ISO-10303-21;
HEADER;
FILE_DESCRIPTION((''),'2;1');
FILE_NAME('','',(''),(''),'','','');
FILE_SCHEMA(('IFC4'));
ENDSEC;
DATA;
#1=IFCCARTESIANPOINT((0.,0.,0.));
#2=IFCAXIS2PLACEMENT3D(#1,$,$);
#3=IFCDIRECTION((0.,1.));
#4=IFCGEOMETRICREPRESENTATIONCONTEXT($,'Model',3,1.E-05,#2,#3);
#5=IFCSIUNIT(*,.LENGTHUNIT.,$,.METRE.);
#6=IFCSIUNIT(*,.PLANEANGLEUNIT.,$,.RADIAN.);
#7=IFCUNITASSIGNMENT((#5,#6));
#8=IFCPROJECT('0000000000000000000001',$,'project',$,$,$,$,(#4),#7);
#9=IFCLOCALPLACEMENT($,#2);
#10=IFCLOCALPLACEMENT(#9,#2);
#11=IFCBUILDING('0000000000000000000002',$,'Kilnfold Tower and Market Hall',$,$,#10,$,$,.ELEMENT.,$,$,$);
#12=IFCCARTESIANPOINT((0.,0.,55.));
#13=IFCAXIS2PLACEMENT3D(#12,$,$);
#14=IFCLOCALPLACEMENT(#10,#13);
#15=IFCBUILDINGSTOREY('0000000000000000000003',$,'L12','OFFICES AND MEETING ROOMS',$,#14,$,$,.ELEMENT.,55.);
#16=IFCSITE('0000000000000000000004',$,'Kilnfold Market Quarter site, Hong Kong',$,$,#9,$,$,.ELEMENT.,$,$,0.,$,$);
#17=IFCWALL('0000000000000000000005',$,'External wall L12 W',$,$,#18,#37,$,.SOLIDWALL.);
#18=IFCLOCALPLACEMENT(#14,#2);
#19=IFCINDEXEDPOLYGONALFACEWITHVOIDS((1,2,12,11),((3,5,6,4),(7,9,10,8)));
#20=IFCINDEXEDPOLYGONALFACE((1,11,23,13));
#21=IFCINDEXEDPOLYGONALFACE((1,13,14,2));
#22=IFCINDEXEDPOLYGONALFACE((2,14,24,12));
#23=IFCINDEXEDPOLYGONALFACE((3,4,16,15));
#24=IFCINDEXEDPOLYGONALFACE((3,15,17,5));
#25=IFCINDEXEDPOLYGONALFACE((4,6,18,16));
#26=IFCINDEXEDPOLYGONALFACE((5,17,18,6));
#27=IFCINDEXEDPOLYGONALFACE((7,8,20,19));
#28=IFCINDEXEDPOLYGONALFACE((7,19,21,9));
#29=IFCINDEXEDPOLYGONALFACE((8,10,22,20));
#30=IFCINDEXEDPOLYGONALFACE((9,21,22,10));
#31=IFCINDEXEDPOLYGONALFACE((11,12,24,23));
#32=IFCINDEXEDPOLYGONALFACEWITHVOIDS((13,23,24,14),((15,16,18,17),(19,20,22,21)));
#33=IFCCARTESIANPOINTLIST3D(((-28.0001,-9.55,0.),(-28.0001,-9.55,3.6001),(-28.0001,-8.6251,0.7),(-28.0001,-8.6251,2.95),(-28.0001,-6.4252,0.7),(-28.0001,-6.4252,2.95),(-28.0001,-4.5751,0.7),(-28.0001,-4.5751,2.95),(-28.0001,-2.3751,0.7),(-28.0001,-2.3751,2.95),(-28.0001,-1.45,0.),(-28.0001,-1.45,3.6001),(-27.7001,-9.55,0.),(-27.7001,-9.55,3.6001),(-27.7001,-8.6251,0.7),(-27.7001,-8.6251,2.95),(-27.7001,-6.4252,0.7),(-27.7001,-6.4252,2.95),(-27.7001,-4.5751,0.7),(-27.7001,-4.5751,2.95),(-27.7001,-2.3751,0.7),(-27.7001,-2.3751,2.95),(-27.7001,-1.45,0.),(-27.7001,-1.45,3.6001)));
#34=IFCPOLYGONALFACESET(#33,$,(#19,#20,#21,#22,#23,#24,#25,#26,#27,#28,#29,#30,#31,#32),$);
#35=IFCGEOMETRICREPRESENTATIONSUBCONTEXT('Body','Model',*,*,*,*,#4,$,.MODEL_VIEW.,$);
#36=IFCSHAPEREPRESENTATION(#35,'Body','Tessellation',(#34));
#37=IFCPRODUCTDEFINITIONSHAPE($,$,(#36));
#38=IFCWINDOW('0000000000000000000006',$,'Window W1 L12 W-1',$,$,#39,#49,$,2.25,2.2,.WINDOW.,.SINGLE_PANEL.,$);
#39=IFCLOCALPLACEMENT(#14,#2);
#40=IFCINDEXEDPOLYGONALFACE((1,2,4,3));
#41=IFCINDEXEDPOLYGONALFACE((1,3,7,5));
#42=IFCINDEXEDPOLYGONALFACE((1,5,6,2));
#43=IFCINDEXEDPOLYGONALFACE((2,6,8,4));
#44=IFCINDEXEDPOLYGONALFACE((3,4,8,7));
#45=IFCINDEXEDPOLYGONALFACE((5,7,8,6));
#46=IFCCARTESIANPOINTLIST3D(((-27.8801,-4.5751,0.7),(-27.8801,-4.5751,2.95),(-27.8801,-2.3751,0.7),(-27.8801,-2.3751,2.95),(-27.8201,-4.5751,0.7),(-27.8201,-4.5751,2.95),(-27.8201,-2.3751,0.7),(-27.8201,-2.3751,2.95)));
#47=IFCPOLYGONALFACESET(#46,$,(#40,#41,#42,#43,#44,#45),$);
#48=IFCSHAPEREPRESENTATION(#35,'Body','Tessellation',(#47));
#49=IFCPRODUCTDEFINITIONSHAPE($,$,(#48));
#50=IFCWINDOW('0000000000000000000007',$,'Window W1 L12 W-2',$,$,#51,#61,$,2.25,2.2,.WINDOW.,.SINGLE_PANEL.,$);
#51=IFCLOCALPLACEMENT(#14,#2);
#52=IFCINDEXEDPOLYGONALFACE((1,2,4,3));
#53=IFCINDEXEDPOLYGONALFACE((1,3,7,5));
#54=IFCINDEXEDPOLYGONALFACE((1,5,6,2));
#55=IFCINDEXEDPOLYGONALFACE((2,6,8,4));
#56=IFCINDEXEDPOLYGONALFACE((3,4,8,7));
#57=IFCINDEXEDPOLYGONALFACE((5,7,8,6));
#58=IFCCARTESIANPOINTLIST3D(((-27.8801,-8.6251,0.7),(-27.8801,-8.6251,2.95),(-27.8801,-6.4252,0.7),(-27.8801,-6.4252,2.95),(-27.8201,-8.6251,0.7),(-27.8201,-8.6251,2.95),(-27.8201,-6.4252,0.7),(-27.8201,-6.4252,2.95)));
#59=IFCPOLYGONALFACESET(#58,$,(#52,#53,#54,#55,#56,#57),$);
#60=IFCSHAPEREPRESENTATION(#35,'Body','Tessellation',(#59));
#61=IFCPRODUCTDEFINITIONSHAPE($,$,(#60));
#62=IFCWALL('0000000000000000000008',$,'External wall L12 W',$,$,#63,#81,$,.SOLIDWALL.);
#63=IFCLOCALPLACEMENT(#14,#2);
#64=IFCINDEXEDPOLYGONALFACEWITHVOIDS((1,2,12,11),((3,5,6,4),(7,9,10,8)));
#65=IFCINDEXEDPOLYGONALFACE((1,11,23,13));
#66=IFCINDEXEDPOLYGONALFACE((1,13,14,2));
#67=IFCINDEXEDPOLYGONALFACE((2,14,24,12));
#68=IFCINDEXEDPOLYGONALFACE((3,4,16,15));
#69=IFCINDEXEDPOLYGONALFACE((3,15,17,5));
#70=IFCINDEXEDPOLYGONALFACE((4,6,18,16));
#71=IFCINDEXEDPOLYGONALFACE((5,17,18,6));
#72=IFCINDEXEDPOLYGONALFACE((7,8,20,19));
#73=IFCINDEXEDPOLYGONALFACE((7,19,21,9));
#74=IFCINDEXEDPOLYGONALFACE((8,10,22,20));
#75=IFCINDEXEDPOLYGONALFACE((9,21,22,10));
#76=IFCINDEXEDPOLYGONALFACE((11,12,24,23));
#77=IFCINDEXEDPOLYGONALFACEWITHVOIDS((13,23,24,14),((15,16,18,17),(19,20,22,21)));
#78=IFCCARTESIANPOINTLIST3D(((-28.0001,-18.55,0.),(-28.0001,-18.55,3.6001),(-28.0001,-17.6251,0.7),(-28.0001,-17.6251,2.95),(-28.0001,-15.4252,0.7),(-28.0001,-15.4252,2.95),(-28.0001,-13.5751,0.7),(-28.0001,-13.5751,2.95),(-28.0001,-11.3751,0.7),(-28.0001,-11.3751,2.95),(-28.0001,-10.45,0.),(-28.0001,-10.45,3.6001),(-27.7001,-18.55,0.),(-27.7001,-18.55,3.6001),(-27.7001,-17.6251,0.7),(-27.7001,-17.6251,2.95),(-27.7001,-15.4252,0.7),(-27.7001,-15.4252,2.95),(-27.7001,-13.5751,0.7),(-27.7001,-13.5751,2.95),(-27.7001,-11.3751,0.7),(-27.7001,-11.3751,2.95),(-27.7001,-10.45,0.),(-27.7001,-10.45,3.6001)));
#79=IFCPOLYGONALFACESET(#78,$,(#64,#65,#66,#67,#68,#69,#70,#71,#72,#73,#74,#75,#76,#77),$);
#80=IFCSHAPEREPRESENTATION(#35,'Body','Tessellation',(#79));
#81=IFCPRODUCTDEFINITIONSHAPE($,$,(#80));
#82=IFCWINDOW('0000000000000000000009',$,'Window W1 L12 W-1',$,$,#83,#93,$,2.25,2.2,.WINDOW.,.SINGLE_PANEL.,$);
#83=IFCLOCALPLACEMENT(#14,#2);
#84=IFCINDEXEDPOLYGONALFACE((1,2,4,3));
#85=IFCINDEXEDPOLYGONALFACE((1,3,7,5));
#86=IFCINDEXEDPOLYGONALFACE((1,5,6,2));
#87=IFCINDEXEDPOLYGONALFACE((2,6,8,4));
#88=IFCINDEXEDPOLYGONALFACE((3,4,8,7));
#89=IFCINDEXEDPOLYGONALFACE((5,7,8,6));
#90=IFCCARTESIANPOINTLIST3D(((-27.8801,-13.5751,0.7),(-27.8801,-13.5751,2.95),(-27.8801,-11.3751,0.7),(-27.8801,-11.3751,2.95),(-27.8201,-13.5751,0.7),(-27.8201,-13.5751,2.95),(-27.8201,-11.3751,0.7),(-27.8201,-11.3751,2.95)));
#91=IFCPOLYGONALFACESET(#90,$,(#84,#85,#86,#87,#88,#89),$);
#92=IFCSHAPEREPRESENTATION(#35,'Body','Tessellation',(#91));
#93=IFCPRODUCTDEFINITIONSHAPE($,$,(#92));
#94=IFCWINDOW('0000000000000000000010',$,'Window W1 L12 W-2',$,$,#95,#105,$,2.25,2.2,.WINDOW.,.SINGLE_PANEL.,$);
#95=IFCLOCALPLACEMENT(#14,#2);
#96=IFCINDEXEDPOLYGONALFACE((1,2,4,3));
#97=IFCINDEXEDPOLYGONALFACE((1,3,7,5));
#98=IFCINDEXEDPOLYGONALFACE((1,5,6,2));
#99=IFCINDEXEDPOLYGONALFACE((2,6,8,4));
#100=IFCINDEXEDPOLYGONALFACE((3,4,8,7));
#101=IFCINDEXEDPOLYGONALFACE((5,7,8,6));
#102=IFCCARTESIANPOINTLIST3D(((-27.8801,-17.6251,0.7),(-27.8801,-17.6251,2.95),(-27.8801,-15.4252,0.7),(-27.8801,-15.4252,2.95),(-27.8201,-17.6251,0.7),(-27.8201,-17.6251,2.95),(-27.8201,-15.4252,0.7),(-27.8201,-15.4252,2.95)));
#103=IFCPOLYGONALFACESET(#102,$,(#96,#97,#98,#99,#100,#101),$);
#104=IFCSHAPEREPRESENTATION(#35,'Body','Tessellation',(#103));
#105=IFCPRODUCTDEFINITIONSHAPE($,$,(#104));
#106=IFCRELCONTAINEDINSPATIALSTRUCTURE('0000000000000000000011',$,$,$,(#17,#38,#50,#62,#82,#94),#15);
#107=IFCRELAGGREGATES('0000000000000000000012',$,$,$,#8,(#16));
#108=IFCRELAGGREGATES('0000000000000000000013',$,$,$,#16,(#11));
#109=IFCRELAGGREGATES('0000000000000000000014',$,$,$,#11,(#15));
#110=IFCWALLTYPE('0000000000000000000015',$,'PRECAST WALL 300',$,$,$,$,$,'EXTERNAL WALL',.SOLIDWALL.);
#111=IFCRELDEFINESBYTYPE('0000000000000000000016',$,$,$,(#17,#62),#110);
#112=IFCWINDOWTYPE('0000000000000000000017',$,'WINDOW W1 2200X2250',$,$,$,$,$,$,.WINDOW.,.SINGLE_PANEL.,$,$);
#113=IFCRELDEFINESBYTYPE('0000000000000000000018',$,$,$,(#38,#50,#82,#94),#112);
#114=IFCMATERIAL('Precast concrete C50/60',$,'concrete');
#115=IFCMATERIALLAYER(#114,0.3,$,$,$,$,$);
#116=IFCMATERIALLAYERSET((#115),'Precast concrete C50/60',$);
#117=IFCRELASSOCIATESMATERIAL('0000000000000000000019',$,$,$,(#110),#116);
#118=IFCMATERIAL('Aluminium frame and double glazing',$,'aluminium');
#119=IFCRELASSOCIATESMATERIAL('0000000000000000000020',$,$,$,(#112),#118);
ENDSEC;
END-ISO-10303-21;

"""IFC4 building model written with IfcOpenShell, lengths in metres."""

from ifc_helpers import new_model, si_unit, direction, frame, frame_2d, origin, place, context, subcontext, project, spatial, rectangle, extrude, source, transform, mapped, material, layer, layer_set, type_object, element, fill, save


model = new_model("IFC4")

# Units and contexts
model_context = context("Model", 3, precision=1e-05, world=origin(), true_north=direction((0.0, 1.0)))
body_context = subcontext(model_context, "Body", "Model", "MODEL_VIEW")
ifc_project = project(units=[si_unit("LENGTHUNIT", "METRE"), si_unit("PLANEANGLEUNIT", "RADIAN")], contexts=[model_context])

# Site, building, storey
site_placement = place(None, origin())
site = spatial("IfcSite", under=ifc_project, at=site_placement, Name="Kilnfold Market Quarter site, Hong Kong", CompositionType="ELEMENT", RefElevation=0.0)
building_placement = place(site_placement, origin())
building = spatial("IfcBuilding", under=site, at=building_placement, Name="Kilnfold Tower and Market Hall", CompositionType="ELEMENT")
storey_placement = place(building_placement, frame((0.0, 0.0, 55.0)))
storey = spatial("IfcBuildingStorey", under=building, at=storey_placement, Name="L12", Description="OFFICES AND MEETING ROOMS", CompositionType="ELEMENT", Elevation=55.0)

# Walls, openings, windows
ifc_material_1 = material(Name="Precast concrete C50/60", Category="concrete")
ifc_layer_1 = layer(ifc_material_1, 0.3)
ifc_layer_set_1 = layer_set([ifc_layer_1], Name="Precast concrete C50/60")
wall_type_1 = type_object("IfcWallType", Name="PRECAST WALL 300", ElementType="EXTERNAL WALL", PredefinedType="SOLIDWALL", material=ifc_layer_set_1)
shared_shape_1 = source(origin(), body_context, "Body", "SweptSolid", [
    extrude(rectangle(XDim=8.1001, YDim=0.3, at=frame_2d((4.05, 0.0))), origin(), (0.0, 0.0, 1.0), 3.6001),
])
wall_1_placement = place(storey_placement, frame((-27.8501, -1.45, 0.0), z_axis=(0.0, 0.0, 1.0), x_axis=(0.0, -1.0, 0.0)))
wall_1 = element("IfcWall", 1, at=wall_1_placement, inside=storey, type_object=wall_type_1, Name="External wall L12 W", PredefinedType="SOLIDWALL", context=body_context, shape_type="MappedRepresentation", body=[
    mapped(shared_shape_1, transform((0.0, 0.0, 0.0))),
])
opening_1_placement = place(wall_1_placement, frame((0.925, 0.0, 0.7)))
opening_1 = element("IfcOpeningElement", 2, at=opening_1_placement, cuts=wall_1, PredefinedType="OPENING", context=body_context, shape_type="SweptSolid", body=[
    extrude(rectangle(XDim=2.2, YDim=2.25, at=frame_2d((1.1001, 1.125))), frame((0.0, 0.1602, 0.0), z_axis=(0.0, -1.0, 0.0), x_axis=(1.0, 0.0, 0.0)), (0.0, 0.0, 1.0), 0.3201),
])
opening_2_placement = place(wall_1_placement, frame((4.9751, 0.0, 0.7)))
opening_2 = element("IfcOpeningElement", 3, at=opening_2_placement, cuts=wall_1, PredefinedType="OPENING", context=body_context, shape_type="SweptSolid", body=[
    extrude(rectangle(XDim=2.2, YDim=2.25, at=frame_2d((1.1001, 1.125))), frame((0.0, 0.1602, 0.0), z_axis=(0.0, -1.0, 0.0), x_axis=(1.0, 0.0, 0.0)), (0.0, 0.0, 1.0), 0.3201),
])
ifc_material_2 = material(Name="Aluminium frame and double glazing", Category="aluminium")
window_type = type_object("IfcWindowType", Name="WINDOW W1 2200X2250", PartitioningType="SINGLE_PANEL", PredefinedType="WINDOW", material=ifc_material_2)
window_1_placement = place(opening_1_placement, origin())
window_1 = element("IfcWindow", 4, at=window_1_placement, inside=storey, type_object=window_type, Name="Window W1 L12 W-1", OverallHeight=2.25, OverallWidth=2.2, PartitioningType="SINGLE_PANEL", PredefinedType="WINDOW", context=body_context, shape_type="SweptSolid", body=[
    extrude(rectangle(XDim=2.2, YDim=2.25, at=frame_2d((1.1001, 1.125))), frame((0.0, 0.03, 0.0), z_axis=(0.0, -1.0, 0.0), x_axis=(1.0, 0.0, 0.0)), (0.0, 0.0, 1.0), 0.0601),
])
fill(opening_1, window_1)
window_2_placement = place(opening_2_placement, origin())
window_2 = element("IfcWindow", 5, at=window_2_placement, inside=storey, type_object=window_type, Name="Window W1 L12 W-2", OverallHeight=2.25, OverallWidth=2.2, PartitioningType="SINGLE_PANEL", PredefinedType="WINDOW", context=body_context, shape_type="SweptSolid", body=[
    extrude(rectangle(XDim=2.2, YDim=2.25, at=frame_2d((1.1001, 1.125))), frame((0.0, 0.03, 0.0), z_axis=(0.0, -1.0, 0.0), x_axis=(1.0, 0.0, 0.0)), (0.0, 0.0, 1.0), 0.0601),
])
fill(opening_2, window_2)
wall_2_placement = place(storey_placement, frame((-27.8501, -10.45, 0.0), z_axis=(0.0, 0.0, 1.0), x_axis=(0.0, -1.0, 0.0)))
wall_2 = element("IfcWall", 6, at=wall_2_placement, inside=storey, type_object=wall_type_1, Name="External wall L12 W", PredefinedType="SOLIDWALL", context=body_context, shape_type="MappedRepresentation", body=[
    mapped(shared_shape_1, transform((0.0, 0.0, 0.0))),
])
opening_3_placement = place(wall_2_placement, frame((0.925, 0.0, 0.7)))
opening_3 = element("IfcOpeningElement", 7, at=opening_3_placement, cuts=wall_2, PredefinedType="OPENING", context=body_context, shape_type="SweptSolid", body=[
    extrude(rectangle(XDim=2.2, YDim=2.25, at=frame_2d((1.1001, 1.125))), frame((0.0, 0.1602, 0.0), z_axis=(0.0, -1.0, 0.0), x_axis=(1.0, 0.0, 0.0)), (0.0, 0.0, 1.0), 0.3201),
])
opening_4_placement = place(wall_2_placement, frame((4.9751, 0.0, 0.7)))
opening_4 = element("IfcOpeningElement", 8, at=opening_4_placement, cuts=wall_2, PredefinedType="OPENING", context=body_context, shape_type="SweptSolid", body=[
    extrude(rectangle(XDim=2.2, YDim=2.25, at=frame_2d((1.1001, 1.125))), frame((0.0, 0.1602, 0.0), z_axis=(0.0, -1.0, 0.0), x_axis=(1.0, 0.0, 0.0)), (0.0, 0.0, 1.0), 0.3201),
])
window_3_placement = place(opening_3_placement, origin())
window_3 = element("IfcWindow", 9, at=window_3_placement, inside=storey, type_object=window_type, Name="Window W1 L12 W-1", OverallHeight=2.25, OverallWidth=2.2, PartitioningType="SINGLE_PANEL", PredefinedType="WINDOW", context=body_context, shape_type="SweptSolid", body=[
    extrude(rectangle(XDim=2.2, YDim=2.25, at=frame_2d((1.1001, 1.125))), frame((0.0, 0.03, 0.0), z_axis=(0.0, -1.0, 0.0), x_axis=(1.0, 0.0, 0.0)), (0.0, 0.0, 1.0), 0.0601),
])
fill(opening_3, window_3)
window_4_placement = place(opening_4_placement, origin())
window_4 = element("IfcWindow", 10, at=window_4_placement, inside=storey, type_object=window_type, Name="Window W1 L12 W-2", OverallHeight=2.25, OverallWidth=2.2, PartitioningType="SINGLE_PANEL", PredefinedType="WINDOW", context=body_context, shape_type="SweptSolid", body=[
    extrude(rectangle(XDim=2.2, YDim=2.25, at=frame_2d((1.1001, 1.125))), frame((0.0, 0.03, 0.0), z_axis=(0.0, -1.0, 0.0), x_axis=(1.0, 0.0, 0.0)), (0.0, 0.0, 1.0), 0.0601),
])
fill(opening_4, window_4)

save(model, "model.ifc")
